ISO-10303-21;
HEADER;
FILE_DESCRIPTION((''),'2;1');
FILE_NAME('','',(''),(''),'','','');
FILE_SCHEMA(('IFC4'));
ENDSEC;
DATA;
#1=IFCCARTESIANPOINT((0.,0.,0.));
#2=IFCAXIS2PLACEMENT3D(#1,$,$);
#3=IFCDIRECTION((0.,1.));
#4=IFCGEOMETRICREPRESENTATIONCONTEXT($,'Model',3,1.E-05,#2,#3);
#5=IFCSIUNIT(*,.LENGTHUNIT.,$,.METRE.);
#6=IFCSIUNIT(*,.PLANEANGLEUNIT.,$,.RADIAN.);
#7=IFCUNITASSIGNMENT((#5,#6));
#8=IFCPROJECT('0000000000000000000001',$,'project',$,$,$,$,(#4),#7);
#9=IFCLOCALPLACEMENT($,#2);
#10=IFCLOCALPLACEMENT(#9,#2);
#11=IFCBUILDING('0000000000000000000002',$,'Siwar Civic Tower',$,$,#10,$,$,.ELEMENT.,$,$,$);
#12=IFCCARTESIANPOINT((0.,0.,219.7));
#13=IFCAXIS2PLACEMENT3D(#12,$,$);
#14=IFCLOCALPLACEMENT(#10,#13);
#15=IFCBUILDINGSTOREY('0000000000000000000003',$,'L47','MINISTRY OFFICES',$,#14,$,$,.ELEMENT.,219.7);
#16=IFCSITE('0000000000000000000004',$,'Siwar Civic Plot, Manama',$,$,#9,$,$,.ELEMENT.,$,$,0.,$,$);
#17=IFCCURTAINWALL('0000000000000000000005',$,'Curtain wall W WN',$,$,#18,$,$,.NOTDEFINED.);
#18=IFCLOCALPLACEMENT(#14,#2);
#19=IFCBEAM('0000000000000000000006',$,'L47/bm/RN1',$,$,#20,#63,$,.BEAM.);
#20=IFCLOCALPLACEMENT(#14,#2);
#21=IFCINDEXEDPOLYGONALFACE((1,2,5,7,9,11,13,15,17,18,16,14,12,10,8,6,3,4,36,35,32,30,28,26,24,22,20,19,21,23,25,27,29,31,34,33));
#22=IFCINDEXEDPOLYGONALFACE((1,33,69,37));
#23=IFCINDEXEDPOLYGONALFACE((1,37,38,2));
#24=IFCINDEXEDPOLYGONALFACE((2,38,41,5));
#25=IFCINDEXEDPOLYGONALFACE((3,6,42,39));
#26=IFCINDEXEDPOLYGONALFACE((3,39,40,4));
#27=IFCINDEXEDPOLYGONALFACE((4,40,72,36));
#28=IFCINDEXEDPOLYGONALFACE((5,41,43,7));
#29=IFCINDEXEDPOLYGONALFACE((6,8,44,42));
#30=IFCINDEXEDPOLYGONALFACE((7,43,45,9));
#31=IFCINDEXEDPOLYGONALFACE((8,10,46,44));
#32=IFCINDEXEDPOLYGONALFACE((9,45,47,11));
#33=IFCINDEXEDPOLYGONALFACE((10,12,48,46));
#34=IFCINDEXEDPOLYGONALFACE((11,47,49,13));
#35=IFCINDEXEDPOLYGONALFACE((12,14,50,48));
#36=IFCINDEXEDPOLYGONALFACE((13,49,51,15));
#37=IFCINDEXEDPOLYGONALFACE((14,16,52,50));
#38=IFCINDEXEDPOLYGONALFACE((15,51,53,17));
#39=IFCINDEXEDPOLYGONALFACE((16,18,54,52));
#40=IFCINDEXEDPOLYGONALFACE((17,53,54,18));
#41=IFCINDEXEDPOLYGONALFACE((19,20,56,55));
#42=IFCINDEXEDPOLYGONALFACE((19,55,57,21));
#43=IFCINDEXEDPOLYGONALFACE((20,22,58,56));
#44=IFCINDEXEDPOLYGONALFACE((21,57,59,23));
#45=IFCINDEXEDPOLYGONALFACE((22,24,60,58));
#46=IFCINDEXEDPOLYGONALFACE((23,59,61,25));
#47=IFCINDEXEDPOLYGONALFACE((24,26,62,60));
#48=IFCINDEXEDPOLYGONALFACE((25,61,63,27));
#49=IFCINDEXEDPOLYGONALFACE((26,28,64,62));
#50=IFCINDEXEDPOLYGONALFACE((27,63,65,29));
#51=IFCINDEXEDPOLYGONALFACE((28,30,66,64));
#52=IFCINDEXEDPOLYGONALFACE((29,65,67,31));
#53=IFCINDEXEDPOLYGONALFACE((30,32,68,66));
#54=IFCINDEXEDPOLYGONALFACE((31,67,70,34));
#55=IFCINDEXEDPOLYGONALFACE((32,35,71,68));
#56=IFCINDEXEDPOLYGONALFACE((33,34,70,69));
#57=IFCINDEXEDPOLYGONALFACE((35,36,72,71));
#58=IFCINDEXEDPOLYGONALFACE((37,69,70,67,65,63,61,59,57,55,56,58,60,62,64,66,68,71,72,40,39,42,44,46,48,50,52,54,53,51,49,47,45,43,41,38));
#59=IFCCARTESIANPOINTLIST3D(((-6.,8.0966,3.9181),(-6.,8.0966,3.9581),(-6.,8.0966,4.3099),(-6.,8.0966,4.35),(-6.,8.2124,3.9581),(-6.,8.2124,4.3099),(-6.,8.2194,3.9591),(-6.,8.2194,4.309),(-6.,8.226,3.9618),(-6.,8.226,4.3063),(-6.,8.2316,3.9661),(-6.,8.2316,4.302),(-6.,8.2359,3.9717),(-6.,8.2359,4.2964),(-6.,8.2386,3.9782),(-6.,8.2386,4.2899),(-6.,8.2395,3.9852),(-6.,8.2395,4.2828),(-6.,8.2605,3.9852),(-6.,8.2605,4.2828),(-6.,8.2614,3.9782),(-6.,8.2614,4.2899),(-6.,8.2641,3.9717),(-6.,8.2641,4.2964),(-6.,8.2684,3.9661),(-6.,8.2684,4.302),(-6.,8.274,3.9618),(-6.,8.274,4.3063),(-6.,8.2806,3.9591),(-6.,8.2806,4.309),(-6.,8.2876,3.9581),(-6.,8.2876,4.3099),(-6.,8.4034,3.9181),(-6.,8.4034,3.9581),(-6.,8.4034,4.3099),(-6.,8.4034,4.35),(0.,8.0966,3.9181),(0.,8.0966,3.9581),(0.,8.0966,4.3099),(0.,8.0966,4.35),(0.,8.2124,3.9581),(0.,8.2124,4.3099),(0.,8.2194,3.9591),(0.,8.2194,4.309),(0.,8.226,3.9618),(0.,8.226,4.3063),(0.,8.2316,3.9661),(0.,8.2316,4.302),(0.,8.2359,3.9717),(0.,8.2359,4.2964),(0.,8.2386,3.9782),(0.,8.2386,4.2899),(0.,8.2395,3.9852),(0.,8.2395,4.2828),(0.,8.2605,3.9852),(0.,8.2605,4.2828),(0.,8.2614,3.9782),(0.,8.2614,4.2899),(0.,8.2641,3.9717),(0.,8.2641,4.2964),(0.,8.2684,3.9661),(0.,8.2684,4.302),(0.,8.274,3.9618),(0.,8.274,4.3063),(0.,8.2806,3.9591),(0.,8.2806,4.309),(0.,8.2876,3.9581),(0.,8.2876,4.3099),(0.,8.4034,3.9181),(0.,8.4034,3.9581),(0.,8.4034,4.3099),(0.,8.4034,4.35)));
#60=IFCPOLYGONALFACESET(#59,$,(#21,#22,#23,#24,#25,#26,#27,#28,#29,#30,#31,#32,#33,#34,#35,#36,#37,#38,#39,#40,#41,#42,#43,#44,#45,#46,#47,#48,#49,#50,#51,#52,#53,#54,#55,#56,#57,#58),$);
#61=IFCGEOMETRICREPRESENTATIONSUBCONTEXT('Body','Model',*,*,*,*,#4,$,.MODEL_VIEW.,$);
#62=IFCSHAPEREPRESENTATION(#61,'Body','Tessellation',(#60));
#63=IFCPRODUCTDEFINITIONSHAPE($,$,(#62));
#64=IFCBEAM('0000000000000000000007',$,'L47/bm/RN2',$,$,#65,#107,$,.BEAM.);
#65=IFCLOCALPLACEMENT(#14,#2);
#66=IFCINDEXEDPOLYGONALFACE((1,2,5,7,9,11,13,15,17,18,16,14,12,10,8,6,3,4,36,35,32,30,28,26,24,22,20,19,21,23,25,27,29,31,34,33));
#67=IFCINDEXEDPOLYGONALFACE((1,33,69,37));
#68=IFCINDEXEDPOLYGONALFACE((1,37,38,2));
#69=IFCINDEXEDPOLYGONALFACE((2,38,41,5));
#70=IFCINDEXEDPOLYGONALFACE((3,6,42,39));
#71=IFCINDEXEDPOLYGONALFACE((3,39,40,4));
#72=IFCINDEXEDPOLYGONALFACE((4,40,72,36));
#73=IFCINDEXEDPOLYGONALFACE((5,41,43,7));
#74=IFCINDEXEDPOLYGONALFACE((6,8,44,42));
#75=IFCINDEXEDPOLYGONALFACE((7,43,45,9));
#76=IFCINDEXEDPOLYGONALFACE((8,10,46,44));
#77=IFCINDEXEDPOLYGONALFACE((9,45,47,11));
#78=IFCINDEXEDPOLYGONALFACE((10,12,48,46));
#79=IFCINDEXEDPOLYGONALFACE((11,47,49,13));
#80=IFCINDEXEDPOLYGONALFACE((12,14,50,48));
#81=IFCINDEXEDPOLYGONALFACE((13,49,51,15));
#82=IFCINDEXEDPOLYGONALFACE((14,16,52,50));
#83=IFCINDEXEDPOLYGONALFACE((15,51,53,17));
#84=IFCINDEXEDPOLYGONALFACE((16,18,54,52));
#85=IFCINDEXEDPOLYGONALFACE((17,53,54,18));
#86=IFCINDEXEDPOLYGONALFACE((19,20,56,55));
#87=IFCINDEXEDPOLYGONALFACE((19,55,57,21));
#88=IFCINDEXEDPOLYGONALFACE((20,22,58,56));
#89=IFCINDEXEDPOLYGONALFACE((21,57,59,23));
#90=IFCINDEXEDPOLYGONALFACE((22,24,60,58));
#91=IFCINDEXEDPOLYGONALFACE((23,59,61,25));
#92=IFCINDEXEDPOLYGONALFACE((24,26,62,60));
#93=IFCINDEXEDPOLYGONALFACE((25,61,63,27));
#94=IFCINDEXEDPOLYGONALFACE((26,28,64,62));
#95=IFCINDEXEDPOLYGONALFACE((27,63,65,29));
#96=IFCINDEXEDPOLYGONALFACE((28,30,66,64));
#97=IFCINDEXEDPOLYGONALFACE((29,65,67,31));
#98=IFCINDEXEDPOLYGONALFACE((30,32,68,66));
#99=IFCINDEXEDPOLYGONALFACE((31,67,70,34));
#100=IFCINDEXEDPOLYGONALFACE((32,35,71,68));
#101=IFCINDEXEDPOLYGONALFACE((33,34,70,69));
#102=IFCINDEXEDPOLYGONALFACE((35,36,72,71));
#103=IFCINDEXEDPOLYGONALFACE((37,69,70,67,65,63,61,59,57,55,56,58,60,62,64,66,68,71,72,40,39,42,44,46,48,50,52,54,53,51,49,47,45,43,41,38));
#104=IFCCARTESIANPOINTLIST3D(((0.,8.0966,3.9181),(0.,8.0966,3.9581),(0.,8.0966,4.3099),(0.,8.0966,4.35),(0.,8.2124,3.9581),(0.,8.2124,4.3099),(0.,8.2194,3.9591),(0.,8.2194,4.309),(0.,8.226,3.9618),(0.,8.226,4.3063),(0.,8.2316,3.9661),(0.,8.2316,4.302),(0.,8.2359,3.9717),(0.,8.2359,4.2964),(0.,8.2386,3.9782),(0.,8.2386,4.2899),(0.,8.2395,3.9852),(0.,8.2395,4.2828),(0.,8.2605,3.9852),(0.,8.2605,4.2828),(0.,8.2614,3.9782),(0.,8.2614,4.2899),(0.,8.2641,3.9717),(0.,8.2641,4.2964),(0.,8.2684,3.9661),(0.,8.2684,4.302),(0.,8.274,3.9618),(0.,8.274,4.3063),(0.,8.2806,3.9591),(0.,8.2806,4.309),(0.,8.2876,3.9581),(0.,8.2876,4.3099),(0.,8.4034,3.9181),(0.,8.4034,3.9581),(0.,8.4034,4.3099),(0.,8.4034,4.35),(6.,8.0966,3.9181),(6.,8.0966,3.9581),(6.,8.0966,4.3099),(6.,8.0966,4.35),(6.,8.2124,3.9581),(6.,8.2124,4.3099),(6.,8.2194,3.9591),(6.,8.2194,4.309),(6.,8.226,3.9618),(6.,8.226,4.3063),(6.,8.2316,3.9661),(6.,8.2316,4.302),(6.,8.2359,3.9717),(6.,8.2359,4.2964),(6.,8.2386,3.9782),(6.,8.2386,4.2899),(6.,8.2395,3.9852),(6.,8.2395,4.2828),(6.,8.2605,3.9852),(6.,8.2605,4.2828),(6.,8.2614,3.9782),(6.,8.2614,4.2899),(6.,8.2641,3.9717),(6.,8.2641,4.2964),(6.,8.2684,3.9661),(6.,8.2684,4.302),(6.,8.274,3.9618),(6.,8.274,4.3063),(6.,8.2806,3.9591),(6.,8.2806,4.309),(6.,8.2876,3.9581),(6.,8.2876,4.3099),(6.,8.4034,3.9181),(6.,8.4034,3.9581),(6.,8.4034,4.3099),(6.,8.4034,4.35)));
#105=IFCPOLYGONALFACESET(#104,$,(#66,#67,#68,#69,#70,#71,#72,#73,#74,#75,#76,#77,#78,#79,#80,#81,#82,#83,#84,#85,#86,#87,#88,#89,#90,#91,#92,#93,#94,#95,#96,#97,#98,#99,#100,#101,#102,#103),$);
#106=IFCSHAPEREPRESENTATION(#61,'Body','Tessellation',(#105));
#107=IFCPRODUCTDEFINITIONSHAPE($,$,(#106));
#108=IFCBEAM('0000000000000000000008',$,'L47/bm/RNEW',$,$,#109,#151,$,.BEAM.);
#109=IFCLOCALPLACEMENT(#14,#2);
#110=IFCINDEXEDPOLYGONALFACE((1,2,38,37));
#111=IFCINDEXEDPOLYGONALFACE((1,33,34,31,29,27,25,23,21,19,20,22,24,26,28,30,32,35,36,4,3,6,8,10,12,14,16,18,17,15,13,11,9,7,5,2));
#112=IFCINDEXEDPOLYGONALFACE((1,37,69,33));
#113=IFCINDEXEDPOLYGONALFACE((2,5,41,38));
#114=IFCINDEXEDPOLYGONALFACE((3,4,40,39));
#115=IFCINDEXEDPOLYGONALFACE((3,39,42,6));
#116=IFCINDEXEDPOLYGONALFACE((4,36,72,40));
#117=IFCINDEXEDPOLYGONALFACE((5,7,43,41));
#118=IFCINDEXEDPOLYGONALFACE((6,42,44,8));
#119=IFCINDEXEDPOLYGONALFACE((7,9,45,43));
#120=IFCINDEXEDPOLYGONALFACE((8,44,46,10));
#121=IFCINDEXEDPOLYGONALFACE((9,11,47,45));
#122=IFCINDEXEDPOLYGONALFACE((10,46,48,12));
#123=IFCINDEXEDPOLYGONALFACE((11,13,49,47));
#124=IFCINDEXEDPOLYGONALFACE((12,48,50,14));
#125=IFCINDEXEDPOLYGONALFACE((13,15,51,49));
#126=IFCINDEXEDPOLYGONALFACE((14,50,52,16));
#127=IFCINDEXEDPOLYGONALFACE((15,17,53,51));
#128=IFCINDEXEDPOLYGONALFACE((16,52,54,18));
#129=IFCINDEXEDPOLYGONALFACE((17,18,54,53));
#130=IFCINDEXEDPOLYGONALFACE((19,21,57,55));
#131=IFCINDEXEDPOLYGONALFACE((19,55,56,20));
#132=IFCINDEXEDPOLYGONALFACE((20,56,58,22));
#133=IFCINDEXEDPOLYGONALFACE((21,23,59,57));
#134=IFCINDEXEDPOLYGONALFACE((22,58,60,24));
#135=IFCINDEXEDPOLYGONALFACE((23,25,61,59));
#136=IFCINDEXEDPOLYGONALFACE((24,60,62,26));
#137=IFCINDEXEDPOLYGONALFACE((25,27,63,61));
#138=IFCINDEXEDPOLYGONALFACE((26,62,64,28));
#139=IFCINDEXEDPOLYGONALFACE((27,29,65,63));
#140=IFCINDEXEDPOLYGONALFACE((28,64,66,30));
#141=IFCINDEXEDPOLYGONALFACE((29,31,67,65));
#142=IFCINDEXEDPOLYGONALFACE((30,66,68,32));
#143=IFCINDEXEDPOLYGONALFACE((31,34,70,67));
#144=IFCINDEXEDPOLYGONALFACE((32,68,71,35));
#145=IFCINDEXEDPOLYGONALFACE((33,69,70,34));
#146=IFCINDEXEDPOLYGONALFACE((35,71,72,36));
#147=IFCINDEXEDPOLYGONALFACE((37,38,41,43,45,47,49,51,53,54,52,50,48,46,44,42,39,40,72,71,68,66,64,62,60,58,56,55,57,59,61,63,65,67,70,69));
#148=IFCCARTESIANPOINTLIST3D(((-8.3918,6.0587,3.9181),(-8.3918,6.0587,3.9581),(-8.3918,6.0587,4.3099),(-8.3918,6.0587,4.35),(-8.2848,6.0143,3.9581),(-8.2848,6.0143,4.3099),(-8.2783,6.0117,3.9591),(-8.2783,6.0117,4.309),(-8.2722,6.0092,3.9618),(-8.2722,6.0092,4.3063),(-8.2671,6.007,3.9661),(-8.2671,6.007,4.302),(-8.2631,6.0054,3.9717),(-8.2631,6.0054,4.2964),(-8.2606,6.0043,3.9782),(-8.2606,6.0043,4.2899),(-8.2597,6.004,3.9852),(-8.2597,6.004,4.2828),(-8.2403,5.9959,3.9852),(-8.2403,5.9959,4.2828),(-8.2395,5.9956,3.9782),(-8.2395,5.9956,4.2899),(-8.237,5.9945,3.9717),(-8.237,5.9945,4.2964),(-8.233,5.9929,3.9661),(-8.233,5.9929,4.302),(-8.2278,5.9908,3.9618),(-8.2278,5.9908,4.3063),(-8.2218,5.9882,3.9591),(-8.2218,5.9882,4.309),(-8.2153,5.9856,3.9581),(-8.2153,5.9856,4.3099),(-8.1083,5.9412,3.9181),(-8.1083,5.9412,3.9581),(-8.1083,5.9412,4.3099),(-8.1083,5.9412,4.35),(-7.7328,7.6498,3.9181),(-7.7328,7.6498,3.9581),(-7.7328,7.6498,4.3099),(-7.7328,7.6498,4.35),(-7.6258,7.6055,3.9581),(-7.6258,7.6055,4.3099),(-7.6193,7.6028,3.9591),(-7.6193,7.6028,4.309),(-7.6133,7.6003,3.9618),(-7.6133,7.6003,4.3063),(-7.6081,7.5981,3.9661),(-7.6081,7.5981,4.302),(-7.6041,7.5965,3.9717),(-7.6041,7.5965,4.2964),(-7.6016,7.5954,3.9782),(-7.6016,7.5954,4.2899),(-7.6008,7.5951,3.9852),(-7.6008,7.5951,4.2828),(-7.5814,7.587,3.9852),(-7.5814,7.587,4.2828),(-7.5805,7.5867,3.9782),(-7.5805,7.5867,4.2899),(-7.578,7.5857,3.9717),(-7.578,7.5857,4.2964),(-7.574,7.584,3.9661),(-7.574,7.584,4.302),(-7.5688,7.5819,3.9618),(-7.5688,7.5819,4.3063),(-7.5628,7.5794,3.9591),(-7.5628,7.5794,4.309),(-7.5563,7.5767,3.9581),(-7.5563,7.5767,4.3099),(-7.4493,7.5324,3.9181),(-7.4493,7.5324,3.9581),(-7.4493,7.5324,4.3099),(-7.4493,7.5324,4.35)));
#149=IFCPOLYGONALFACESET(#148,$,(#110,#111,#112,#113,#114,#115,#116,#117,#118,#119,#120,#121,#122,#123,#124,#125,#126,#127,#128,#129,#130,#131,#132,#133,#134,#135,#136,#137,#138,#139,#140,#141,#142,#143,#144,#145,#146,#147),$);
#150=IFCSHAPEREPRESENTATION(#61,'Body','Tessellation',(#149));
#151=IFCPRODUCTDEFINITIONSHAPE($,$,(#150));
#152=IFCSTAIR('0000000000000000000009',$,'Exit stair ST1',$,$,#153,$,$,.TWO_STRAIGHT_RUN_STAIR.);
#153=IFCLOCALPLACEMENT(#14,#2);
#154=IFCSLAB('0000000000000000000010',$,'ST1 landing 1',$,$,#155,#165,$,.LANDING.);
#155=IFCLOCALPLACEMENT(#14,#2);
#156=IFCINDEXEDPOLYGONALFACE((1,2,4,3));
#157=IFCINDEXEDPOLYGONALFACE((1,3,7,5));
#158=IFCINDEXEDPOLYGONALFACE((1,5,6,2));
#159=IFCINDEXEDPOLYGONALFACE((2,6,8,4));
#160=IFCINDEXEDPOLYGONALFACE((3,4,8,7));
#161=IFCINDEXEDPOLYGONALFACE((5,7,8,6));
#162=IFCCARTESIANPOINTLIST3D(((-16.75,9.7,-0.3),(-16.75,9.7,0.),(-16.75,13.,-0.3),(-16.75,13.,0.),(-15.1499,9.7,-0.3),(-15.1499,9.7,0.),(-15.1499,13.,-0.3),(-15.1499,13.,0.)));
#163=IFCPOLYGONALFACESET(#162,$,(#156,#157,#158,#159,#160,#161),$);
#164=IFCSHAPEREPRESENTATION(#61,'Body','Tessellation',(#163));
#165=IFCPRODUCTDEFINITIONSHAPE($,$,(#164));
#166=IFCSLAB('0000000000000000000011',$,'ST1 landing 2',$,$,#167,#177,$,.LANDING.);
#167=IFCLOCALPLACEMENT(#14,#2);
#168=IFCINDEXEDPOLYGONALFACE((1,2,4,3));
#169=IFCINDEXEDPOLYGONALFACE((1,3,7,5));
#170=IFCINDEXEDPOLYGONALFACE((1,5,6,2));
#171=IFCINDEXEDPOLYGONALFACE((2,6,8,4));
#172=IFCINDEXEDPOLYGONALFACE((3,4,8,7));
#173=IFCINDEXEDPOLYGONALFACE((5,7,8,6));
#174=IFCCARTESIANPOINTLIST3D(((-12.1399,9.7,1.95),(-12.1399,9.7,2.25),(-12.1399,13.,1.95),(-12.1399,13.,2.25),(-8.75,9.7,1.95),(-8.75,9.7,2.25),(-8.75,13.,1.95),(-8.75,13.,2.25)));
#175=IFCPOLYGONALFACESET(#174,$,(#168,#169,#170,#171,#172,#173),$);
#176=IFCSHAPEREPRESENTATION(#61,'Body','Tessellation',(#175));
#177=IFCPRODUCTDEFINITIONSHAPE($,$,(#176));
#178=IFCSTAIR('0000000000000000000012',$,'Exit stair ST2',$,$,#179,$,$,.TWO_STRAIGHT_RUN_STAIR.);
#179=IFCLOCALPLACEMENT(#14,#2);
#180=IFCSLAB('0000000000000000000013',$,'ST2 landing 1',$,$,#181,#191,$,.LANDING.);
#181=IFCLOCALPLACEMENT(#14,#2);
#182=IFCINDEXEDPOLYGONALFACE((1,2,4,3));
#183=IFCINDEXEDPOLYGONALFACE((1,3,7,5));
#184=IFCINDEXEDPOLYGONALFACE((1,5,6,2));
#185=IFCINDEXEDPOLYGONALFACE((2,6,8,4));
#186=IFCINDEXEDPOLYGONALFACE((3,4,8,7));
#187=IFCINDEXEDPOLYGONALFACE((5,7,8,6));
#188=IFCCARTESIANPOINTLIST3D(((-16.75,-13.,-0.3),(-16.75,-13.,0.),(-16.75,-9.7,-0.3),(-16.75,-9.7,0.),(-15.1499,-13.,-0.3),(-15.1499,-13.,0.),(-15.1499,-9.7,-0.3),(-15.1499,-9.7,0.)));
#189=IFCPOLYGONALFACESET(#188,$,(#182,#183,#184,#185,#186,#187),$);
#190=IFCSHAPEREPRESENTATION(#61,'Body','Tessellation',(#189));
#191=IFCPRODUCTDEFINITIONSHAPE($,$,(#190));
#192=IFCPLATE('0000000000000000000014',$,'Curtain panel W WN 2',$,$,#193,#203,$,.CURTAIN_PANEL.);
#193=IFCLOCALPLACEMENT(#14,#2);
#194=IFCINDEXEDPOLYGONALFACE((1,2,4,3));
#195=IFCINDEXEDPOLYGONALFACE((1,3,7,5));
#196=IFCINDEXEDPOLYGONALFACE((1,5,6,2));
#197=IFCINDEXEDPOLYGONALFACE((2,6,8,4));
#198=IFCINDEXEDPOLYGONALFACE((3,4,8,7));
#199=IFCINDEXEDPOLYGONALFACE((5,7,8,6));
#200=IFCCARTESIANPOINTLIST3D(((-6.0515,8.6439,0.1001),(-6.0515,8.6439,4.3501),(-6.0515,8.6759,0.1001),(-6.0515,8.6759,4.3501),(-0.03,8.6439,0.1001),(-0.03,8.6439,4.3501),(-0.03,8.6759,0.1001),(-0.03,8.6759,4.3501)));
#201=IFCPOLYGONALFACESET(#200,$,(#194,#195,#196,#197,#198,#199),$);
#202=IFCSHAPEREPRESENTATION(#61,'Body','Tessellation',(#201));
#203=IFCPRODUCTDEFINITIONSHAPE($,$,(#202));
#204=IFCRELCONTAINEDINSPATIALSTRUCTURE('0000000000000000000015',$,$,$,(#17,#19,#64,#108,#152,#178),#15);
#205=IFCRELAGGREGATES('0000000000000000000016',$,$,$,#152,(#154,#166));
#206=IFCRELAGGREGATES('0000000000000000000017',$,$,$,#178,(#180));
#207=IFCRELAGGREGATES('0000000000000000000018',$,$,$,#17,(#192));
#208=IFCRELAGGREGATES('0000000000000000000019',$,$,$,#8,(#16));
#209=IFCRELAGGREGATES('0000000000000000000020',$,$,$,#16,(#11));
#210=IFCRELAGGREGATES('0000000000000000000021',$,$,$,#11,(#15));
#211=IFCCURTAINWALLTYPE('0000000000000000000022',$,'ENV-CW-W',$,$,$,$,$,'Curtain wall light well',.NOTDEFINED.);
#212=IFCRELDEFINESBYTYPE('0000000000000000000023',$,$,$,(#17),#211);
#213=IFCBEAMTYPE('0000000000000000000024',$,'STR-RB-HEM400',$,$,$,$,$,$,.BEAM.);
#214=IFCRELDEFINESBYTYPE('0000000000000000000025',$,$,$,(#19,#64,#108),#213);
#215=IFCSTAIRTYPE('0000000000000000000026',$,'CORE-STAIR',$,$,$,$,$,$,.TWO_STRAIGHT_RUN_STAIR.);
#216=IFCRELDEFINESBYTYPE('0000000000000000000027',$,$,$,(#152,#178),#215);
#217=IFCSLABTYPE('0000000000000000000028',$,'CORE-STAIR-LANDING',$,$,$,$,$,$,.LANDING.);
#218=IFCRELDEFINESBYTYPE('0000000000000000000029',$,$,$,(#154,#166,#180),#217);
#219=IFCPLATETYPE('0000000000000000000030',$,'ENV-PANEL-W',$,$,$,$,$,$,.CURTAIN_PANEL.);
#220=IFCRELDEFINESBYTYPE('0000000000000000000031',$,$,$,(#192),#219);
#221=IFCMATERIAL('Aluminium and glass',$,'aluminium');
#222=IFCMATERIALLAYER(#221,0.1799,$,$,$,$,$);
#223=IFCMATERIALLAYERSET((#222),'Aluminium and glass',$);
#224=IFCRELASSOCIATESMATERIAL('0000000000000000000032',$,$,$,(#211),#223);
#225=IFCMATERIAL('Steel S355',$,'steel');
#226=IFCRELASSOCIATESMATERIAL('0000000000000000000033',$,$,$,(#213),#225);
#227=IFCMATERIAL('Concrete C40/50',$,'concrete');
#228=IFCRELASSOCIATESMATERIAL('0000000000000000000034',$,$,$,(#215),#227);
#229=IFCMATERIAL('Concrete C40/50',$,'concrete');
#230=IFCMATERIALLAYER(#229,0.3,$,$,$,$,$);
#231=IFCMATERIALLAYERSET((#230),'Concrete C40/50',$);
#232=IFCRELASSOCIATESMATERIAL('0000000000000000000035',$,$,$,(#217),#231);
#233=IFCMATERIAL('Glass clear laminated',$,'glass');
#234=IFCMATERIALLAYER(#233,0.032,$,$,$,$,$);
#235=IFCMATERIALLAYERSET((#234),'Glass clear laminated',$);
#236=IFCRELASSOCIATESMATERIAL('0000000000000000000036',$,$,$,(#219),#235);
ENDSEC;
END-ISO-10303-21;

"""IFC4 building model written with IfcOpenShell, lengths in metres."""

from ifc_helpers import new_model, si_unit, direction, frame, origin, origin_2d, place, context, subcontext, project, spatial, polyline, rectangle, i_section, outline, extrude, material, layer, layer_set, material_profile, profile_set, type_object, element, aggregate, save


model = new_model("IFC4")

# Units and contexts
model_context = context("Model", 3, precision=1e-05, world=origin(), true_north=direction((0.0, 1.0)))
body_context = subcontext(model_context, "Body", "Model", "MODEL_VIEW")
ifc_project = project(units=[si_unit("LENGTHUNIT", "METRE"), si_unit("PLANEANGLEUNIT", "RADIAN")], contexts=[model_context])

# Site, building, storey
site_placement = place(None, origin())
site = spatial("IfcSite", under=ifc_project, at=site_placement, Name="Siwar Civic Plot, Manama", CompositionType="ELEMENT", RefElevation=0.0)
building_placement = place(site_placement, origin())
building = spatial("IfcBuilding", under=site, at=building_placement, Name="Siwar Civic Tower", CompositionType="ELEMENT")
storey_placement = place(building_placement, frame((0.0, 0.0, 219.7)))
storey = spatial("IfcBuildingStorey", under=building, at=storey_placement, Name="L47", Description="MINISTRY OFFICES", CompositionType="ELEMENT", Elevation=219.7)

# Curtain wall
ifc_material_1 = material(Name="Aluminium and glass", Category="aluminium")
ifc_layer_1 = layer(ifc_material_1, 0.1799)
ifc_layer_set_1 = layer_set([ifc_layer_1], Name="Aluminium and glass")
curtain_wall_type = type_object("IfcCurtainWallType", Name="ENV-CW-W", ElementType="Curtain wall light well", PredefinedType="NOTDEFINED", material=ifc_layer_set_1)
curtain_wall_placement = place(storey_placement, origin())
curtain_wall = element("IfcCurtainWall", 1, at=curtain_wall_placement, inside=storey, type_object=curtain_wall_type, Name="Curtain wall W WN", PredefinedType="NOTDEFINED")

# Beams
ifc_material_2 = material(Name="Steel S355", Category="steel")
ifc_material_profile_1 = material_profile(ifc_material_2, i_section(OverallWidth=0.3069, OverallDepth=0.4319, WebThickness=0.021, FlangeThickness=0.04, FilletRadius=0.0271, at=origin_2d()), Name="HEM400")
ifc_profile_set_1 = profile_set([ifc_material_profile_1], Name="Steel S355")
beam_type_1 = type_object("IfcBeamType", Name="STR-RB-HEM400", PredefinedType="BEAM", material=ifc_profile_set_1)
for number, where, z_axis, x_axis, name in (
    (2, (-6.0, 8.25, 4.134), (1.0, 0.0, 0.0), (0.0, 1.0, 0.0), "L47/bm/RN1"),
    (3, (0.0, 8.25, 4.134), (1.0, 0.0, 0.0), (0.0, 1.0, 0.0), "L47/bm/RN2"),
):
    element("IfcBeam", number, at=place(storey_placement, frame(where, z_axis=z_axis, x_axis=x_axis)), inside=storey, type_object=beam_type_1, Name=name, PredefinedType="BEAM", context=body_context, shape_type="SweptSolid", body=[
        extrude(i_section(OverallWidth=0.3069, OverallDepth=0.4319, WebThickness=0.021, FlangeThickness=0.04, FilletRadius=0.0271, at=origin_2d()), origin(), (0.0, 0.0, 1.0), 6.0),
    ])
beam_1_placement = place(storey_placement, frame((-7.5911, 7.5911, 4.134), z_axis=(-0.382631, -0.923901, 0.0), x_axis=(0.923901, -0.382631, 0.0)))
element("IfcBeam", 4, at=beam_1_placement, inside=storey, type_object=beam_type_1, Name="L47/bm/RNEW", PredefinedType="BEAM", context=body_context, shape_type="SweptSolid", body=[
    extrude(i_section(OverallWidth=0.3069, OverallDepth=0.4319, WebThickness=0.021, FlangeThickness=0.04, FilletRadius=0.0271, at=origin_2d()), origin(), (0.0, 0.0, 1.0), 1.7222),
])

# Stair, slabs
ifc_material_3 = material(Name="Concrete C40/50", Category="concrete")
stair_type = type_object("IfcStairType", Name="CORE-STAIR", PredefinedType="TWO_STRAIGHT_RUN_STAIR", material=ifc_material_3)
stair_1_placement = place(storey_placement, origin())
stair_1 = element("IfcStair", 5, at=stair_1_placement, inside=storey, type_object=stair_type, Name="Exit stair ST1", PredefinedType="TWO_STRAIGHT_RUN_STAIR")
ifc_material_4 = material(Name="Concrete C40/50", Category="concrete")
ifc_layer_2 = layer(ifc_material_4, 0.3)
ifc_layer_set_2 = layer_set([ifc_layer_2], Name="Concrete C40/50")
slab_type_1 = type_object("IfcSlabType", Name="CORE-STAIR-LANDING", PredefinedType="LANDING", material=ifc_layer_set_2)
slab_1_placement = place(storey_placement, frame((0.0, 0.0, -0.3)))
slab_1 = element("IfcSlab", 6, at=slab_1_placement, type_object=slab_type_1, Name="ST1 landing 1", PredefinedType="LANDING", context=body_context, shape_type="SweptSolid", body=[
    extrude(outline(polyline([(-15.1499, 13.0), (-16.75, 13.0), (-16.75, 9.7), (-15.1499, 9.7), (-15.1499, 13.0)])), origin(), (0.0, 0.0, 1.0), 0.3),
])
slab_2_placement = place(storey_placement, frame((0.0, 0.0, 1.95)))
slab_2 = element("IfcSlab", 7, at=slab_2_placement, type_object=slab_type_1, Name="ST1 landing 2", PredefinedType="LANDING", context=body_context, shape_type="SweptSolid", body=[
    extrude(outline(polyline([(-8.75, 13.0), (-12.1399, 13.0), (-12.1399, 9.7), (-8.75, 9.7), (-8.75, 13.0)])), origin(), (0.0, 0.0, 1.0), 0.3),
])
aggregate(stair_1, [slab_1, slab_2])

# Stair, slab
stair_2_placement = place(storey_placement, origin())
stair_2 = element("IfcStair", 8, at=stair_2_placement, inside=storey, type_object=stair_type, Name="Exit stair ST2", PredefinedType="TWO_STRAIGHT_RUN_STAIR")
slab_3_placement = place(storey_placement, frame((0.0, 0.0, -0.3)))
slab_3 = element("IfcSlab", 9, at=slab_3_placement, type_object=slab_type_1, Name="ST2 landing 1", PredefinedType="LANDING", context=body_context, shape_type="SweptSolid", body=[
    extrude(outline(polyline([(-15.1499, -9.7), (-16.75, -9.7), (-16.75, -13.0), (-15.1499, -13.0), (-15.1499, -9.7)])), origin(), (0.0, 0.0, 1.0), 0.3),
])
aggregate(stair_2, [slab_3])

# Plate
ifc_material_5 = material(Name="Glass clear laminated", Category="glass")
ifc_layer_3 = layer(ifc_material_5, 0.032)
ifc_layer_set_3 = layer_set([ifc_layer_3], Name="Glass clear laminated")
plate_type = type_object("IfcPlateType", Name="ENV-PANEL-W", PredefinedType="CURTAIN_PANEL", material=ifc_layer_set_3)
plate_placement = place(storey_placement, frame((-3.0408, 8.6599, 0.1001), z_axis=(0.0, 0.0, 1.0), x_axis=(-1.0, 0.0, 0.0)))
plate = element("IfcPlate", 10, at=plate_placement, type_object=plate_type, Name="Curtain panel W WN 2", PredefinedType="CURTAIN_PANEL", context=body_context, shape_type="SweptSolid", body=[
    extrude(rectangle(XDim=6.0215, YDim=0.032, at=origin_2d()), origin(), (0.0, 0.0, 1.0), 4.25),
])
aggregate(curtain_wall, [plate])

save(model, "model.ifc")
